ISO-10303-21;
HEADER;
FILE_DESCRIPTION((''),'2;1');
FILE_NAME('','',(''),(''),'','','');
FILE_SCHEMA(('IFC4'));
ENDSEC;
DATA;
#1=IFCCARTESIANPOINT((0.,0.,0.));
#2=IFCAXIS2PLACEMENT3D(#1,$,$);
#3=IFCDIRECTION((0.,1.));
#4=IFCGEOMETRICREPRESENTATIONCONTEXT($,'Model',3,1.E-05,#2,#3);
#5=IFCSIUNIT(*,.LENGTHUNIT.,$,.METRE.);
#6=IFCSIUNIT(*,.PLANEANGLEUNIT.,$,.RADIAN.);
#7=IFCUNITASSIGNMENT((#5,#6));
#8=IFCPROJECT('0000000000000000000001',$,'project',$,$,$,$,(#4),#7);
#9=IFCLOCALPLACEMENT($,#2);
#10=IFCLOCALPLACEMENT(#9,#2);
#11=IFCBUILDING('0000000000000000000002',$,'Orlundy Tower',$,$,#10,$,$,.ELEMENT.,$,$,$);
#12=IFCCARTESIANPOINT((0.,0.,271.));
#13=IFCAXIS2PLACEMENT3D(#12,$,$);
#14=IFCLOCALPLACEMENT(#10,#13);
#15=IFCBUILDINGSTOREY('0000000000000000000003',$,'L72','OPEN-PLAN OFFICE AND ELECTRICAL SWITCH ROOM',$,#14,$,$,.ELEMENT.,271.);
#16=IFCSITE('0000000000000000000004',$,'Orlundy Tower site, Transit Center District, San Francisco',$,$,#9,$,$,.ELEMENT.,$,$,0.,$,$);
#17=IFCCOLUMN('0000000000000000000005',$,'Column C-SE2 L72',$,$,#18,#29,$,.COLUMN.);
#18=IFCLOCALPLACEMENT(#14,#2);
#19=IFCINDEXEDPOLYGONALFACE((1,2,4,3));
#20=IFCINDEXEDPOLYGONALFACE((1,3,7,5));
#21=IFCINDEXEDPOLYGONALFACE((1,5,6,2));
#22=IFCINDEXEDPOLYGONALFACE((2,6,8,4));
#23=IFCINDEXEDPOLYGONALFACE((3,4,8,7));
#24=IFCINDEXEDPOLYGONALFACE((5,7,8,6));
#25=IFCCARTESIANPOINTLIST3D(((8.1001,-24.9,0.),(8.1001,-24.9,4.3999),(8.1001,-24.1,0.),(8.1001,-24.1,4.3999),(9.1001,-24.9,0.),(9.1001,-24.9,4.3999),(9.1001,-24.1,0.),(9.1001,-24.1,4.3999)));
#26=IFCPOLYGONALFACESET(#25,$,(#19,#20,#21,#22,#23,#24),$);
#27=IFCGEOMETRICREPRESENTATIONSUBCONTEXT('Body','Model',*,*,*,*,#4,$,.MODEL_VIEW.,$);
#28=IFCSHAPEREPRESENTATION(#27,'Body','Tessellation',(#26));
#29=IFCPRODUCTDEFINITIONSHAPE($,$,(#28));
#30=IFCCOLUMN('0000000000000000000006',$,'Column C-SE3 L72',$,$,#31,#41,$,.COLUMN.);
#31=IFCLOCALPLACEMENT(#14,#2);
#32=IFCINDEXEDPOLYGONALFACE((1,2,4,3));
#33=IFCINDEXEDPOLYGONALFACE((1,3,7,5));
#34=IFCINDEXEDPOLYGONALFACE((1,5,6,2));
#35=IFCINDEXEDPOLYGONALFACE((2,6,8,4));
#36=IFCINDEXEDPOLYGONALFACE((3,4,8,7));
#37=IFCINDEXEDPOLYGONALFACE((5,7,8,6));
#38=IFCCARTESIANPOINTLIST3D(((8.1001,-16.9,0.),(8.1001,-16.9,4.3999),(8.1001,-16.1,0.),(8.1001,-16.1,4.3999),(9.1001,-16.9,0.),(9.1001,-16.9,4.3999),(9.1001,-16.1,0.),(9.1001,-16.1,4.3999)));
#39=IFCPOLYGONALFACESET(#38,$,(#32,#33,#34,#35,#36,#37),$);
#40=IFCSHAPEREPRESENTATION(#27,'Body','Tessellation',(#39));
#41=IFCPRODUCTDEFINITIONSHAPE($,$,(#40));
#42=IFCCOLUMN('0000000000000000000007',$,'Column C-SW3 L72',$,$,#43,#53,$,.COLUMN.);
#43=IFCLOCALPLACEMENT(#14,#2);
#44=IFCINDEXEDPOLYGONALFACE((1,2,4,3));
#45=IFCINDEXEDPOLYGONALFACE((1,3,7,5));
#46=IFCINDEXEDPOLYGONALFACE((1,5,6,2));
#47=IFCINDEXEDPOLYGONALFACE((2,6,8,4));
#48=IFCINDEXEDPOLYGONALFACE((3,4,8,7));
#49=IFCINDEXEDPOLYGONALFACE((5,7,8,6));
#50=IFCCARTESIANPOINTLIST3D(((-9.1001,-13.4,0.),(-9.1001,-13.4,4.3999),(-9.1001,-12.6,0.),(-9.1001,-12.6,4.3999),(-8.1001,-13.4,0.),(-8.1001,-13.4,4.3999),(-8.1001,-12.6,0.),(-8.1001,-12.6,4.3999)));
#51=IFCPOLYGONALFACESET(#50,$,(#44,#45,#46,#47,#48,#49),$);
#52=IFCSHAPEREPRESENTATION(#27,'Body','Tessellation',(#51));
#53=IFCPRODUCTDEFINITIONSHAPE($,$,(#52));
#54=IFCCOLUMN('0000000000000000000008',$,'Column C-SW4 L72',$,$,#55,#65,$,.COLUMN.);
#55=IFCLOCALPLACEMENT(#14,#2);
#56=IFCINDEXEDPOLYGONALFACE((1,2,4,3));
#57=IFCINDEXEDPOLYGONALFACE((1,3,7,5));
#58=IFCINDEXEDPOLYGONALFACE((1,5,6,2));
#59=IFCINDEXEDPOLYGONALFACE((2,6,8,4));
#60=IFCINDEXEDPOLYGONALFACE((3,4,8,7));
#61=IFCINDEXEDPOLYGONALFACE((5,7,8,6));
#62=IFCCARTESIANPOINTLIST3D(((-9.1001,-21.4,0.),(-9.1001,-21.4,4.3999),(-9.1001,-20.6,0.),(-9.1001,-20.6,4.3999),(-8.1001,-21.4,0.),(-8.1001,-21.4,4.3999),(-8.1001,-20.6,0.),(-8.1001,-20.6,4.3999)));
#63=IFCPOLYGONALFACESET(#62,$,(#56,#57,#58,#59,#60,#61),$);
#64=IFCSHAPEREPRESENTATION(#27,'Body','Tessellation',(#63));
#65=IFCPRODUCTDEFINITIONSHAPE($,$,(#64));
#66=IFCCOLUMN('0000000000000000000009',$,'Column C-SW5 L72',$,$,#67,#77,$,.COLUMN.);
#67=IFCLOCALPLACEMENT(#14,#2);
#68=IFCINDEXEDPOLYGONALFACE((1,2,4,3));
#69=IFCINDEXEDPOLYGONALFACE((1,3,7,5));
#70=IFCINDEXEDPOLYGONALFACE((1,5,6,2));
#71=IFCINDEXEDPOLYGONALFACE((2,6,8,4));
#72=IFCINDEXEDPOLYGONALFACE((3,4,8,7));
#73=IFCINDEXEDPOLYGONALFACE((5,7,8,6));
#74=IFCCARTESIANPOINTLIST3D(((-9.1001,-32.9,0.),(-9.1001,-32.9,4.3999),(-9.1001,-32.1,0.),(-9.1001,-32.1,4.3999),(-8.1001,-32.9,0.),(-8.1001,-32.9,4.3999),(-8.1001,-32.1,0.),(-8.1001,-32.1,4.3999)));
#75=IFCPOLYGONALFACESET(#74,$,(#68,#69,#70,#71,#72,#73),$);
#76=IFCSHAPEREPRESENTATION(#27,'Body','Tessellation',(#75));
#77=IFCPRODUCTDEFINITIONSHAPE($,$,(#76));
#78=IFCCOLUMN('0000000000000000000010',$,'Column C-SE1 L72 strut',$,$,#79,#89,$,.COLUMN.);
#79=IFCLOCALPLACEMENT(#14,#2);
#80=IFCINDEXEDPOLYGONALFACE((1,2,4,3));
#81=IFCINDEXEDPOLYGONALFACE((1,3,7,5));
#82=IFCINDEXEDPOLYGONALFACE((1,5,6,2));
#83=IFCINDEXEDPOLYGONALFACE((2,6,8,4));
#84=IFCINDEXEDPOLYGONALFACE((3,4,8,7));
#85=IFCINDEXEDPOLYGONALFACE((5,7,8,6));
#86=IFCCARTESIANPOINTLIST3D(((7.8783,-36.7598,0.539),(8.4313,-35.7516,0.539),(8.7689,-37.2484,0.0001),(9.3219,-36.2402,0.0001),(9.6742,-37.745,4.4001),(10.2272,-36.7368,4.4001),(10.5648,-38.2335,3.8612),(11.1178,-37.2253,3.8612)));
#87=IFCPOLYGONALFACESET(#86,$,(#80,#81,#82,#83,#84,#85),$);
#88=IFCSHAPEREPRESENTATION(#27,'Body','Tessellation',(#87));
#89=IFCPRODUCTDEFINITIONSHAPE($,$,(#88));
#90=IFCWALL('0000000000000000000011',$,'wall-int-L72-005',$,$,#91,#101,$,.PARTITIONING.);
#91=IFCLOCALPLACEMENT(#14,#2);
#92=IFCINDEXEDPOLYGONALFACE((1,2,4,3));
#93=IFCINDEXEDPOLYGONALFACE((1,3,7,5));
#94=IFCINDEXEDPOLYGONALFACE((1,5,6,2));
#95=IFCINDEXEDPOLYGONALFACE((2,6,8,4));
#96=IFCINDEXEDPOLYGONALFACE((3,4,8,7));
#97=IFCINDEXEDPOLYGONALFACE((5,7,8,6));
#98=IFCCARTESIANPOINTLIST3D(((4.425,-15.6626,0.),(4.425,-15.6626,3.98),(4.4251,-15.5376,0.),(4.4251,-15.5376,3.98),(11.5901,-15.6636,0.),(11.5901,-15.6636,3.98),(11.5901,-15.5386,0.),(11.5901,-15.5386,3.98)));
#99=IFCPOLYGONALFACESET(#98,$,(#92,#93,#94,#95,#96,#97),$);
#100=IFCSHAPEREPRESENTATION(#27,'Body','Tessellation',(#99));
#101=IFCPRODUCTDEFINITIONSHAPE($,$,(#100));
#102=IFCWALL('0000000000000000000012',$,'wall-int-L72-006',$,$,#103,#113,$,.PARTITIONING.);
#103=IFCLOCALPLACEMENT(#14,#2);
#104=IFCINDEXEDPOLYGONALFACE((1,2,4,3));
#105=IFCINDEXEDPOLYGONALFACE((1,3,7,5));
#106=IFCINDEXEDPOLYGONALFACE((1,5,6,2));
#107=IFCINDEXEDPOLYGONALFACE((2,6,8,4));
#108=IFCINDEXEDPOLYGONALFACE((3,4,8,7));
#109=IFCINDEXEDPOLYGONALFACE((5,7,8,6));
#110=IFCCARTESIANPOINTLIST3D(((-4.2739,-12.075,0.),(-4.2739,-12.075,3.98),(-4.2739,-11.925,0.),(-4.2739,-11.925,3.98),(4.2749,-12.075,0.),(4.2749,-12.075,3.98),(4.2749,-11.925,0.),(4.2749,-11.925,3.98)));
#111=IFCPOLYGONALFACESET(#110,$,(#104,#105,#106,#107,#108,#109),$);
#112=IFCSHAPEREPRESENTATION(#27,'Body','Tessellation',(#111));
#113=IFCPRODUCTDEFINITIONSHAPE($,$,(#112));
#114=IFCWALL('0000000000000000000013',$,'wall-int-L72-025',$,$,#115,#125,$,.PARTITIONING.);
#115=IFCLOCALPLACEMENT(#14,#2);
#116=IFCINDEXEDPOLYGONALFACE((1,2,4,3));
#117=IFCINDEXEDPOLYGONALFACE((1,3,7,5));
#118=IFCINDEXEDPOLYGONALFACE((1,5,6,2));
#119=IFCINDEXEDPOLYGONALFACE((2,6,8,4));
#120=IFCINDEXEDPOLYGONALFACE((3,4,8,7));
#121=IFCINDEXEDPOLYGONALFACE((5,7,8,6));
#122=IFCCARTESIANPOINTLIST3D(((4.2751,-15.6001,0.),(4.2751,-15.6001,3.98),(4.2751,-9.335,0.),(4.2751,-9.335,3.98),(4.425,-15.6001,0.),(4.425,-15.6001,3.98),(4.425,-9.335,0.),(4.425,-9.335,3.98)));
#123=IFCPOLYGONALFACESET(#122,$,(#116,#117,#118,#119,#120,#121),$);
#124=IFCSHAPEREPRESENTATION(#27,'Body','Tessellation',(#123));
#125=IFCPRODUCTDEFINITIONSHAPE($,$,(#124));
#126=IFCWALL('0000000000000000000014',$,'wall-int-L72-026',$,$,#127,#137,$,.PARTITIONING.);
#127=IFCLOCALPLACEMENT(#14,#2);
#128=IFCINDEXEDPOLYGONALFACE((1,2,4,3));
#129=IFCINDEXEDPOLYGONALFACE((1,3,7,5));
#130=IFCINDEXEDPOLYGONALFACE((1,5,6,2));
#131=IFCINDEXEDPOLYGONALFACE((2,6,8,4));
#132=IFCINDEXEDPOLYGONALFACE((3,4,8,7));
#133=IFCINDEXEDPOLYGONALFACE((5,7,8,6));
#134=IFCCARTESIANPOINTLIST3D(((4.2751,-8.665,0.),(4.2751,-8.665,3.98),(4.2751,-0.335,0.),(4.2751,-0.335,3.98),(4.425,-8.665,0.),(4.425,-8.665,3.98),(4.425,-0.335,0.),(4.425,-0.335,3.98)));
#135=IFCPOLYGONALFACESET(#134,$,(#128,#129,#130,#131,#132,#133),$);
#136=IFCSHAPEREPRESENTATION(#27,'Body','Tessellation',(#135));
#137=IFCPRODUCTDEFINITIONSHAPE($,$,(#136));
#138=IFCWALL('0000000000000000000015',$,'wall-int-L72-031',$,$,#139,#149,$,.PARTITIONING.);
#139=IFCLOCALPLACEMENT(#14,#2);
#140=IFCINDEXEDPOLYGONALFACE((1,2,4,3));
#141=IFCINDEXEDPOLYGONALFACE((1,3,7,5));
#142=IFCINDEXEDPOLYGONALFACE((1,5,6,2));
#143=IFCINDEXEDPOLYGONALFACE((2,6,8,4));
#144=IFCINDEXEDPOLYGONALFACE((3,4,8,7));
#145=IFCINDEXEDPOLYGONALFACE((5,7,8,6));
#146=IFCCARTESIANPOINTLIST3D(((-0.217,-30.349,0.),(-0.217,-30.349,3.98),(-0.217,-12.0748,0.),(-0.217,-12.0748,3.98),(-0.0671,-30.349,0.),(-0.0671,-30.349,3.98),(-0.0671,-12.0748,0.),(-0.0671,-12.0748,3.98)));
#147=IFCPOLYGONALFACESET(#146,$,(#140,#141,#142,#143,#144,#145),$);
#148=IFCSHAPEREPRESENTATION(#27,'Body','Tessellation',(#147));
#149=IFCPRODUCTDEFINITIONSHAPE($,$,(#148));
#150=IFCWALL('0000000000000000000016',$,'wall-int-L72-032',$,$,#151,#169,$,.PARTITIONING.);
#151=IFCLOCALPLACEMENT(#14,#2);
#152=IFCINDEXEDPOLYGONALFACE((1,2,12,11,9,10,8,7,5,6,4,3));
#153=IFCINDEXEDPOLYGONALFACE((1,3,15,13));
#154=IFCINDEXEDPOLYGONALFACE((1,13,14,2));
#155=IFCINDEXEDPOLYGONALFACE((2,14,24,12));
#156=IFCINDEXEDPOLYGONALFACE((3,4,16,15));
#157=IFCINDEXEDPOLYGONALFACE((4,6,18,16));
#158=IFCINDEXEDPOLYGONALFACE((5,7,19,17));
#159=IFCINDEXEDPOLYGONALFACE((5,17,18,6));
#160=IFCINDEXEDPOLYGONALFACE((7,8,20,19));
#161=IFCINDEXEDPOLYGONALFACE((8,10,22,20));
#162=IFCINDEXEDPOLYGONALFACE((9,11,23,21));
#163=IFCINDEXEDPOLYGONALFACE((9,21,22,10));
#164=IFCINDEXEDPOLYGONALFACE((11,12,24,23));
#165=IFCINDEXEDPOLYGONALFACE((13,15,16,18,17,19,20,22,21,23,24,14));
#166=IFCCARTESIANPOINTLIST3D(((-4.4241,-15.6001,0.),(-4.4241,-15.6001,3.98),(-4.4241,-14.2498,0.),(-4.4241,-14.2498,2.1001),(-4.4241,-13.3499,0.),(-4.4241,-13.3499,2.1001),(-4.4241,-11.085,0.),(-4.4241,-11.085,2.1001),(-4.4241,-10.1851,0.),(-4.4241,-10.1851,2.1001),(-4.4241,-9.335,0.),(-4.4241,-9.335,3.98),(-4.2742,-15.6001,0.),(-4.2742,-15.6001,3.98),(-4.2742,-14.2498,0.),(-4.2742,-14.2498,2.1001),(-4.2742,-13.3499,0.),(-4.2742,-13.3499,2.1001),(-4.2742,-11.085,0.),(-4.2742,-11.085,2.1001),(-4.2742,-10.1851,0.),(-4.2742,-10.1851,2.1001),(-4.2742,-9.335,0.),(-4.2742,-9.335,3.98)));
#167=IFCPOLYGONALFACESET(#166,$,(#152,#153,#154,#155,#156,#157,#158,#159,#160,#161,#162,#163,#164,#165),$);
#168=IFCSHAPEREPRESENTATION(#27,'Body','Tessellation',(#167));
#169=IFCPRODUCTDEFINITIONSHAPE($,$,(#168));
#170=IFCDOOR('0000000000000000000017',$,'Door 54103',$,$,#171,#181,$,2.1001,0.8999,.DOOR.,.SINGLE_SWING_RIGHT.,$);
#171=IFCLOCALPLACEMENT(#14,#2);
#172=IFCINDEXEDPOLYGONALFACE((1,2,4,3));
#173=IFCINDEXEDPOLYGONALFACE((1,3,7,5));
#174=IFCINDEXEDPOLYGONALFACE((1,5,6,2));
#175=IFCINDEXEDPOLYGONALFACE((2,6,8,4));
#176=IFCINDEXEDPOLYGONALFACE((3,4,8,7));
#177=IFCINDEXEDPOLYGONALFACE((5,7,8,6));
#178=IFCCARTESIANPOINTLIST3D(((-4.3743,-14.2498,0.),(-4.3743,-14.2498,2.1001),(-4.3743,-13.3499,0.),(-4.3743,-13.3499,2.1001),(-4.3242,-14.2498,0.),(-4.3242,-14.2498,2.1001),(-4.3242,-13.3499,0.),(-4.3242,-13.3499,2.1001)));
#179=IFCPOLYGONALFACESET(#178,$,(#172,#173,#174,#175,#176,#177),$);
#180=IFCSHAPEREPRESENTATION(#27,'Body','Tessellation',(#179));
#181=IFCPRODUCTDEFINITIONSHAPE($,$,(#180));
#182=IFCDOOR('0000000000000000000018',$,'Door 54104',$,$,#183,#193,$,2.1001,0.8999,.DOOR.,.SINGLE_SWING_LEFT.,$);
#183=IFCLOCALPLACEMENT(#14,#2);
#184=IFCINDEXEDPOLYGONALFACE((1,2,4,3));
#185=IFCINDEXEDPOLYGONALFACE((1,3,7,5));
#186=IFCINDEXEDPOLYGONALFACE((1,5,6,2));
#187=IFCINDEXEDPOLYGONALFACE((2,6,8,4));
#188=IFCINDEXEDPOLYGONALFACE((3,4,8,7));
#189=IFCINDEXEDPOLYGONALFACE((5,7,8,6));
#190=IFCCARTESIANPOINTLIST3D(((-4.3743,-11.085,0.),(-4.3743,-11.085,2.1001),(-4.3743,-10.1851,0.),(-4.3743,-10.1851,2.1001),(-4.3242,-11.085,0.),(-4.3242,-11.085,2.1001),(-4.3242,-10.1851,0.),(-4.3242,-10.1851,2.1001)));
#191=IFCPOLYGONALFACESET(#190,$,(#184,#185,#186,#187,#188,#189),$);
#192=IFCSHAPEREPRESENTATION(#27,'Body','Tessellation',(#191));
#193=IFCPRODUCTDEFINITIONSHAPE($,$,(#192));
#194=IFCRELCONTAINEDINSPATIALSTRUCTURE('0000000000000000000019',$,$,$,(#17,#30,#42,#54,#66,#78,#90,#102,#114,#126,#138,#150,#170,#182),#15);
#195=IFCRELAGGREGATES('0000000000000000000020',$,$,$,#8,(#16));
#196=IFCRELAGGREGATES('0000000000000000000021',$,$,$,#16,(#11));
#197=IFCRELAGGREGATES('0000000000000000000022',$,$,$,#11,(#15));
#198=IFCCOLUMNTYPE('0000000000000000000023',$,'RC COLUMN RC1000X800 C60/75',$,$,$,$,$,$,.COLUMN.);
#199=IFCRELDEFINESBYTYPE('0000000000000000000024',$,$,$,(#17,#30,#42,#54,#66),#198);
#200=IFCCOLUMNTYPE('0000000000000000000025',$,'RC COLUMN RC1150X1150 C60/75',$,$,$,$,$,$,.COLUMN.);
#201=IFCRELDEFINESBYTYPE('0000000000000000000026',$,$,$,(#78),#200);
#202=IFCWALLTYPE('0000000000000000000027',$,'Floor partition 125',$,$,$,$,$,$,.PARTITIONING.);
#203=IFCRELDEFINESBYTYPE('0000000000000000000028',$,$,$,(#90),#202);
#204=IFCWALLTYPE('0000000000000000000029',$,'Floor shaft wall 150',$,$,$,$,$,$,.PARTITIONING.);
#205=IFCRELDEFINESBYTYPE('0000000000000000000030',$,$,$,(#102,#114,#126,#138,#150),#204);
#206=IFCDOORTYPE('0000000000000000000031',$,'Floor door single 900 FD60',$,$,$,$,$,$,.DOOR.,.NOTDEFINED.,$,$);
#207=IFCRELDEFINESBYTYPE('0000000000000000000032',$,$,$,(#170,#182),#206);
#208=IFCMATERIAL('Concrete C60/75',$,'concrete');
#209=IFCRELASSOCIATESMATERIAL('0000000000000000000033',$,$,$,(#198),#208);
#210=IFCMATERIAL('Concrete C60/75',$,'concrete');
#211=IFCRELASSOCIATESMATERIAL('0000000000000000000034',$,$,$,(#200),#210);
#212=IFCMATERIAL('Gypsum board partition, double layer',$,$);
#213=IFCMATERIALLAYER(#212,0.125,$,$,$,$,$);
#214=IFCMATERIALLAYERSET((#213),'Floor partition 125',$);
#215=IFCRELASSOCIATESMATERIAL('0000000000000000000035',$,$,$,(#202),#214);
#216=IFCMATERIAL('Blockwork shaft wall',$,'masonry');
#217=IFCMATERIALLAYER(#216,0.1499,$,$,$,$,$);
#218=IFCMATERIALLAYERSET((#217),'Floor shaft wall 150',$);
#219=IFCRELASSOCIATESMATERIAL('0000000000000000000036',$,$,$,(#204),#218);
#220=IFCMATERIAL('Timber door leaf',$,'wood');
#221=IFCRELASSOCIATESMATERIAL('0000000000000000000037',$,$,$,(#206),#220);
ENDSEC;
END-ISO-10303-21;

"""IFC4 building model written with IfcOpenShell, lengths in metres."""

from ifc_helpers import new_model, si_unit, direction, frame, frame_2d, origin, origin_2d, place, context, subcontext, project, spatial, rectangle, extrude, material, layer, layer_set, material_profile, profile_set, type_object, element, fill, save


model = new_model("IFC4")

# Units and contexts
model_context = context("Model", 3, precision=1e-05, world=origin(), true_north=direction((0.0, 1.0)))
body_context = subcontext(model_context, "Body", "Model", "MODEL_VIEW")
ifc_project = project(units=[si_unit("LENGTHUNIT", "METRE"), si_unit("PLANEANGLEUNIT", "RADIAN")], contexts=[model_context])

# Site, building, storey
site_placement = place(None, origin())
site = spatial("IfcSite", under=ifc_project, at=site_placement, Name="Orlundy Tower site, Transit Center District, San Francisco", CompositionType="ELEMENT", RefElevation=0.0)
building_placement = place(site_placement, origin())
building = spatial("IfcBuilding", under=site, at=building_placement, Name="Orlundy Tower", CompositionType="ELEMENT")
storey_placement = place(building_placement, frame((0.0, 0.0, 271.0)))
storey = spatial("IfcBuildingStorey", under=building, at=storey_placement, Name="L72", Description="OPEN-PLAN OFFICE AND ELECTRICAL SWITCH ROOM", CompositionType="ELEMENT", Elevation=271.0)

# Columns
ifc_material_1 = material(Name="Concrete C60/75", Category="concrete")
ifc_material_profile_1 = material_profile(ifc_material_1, rectangle(XDim=1.0, YDim=0.8, at=origin_2d()), Name="RC1000X800")
ifc_profile_set_1 = profile_set([ifc_material_profile_1], Name="Concrete C60/75")
column_type_1 = type_object("IfcColumnType", Name="RC COLUMN RC1000X800 C60/75", PredefinedType="COLUMN", material=ifc_profile_set_1)
for number, where, z_axis, x_axis, name in (
    (1, (8.6001, -24.5, 0.0), (0.0, 0.0, 1.0), (1.0, 0.0, 0.0), "Column C-SE2 L72"),
    (2, (8.6001, -16.5, 0.0), (0.0, 0.0, 1.0), (1.0, 0.0, 0.0), "Column C-SE3 L72"),
    (3, (-8.6001, -13.0, 0.0), (0.0, 0.0, 1.0), (1.0, 0.0, 0.0), "Column C-SW3 L72"),
    (4, (-8.6001, -21.0, 0.0), (0.0, 0.0, 1.0), (1.0, 0.0, 0.0), "Column C-SW4 L72"),
    (5, (-8.6001, -32.5, 0.0), (0.0, 0.0, 1.0), (1.0, 0.0, 0.0), "Column C-SW5 L72"),
):
    element("IfcColumn", number, at=place(storey_placement, frame(where, z_axis=z_axis, x_axis=x_axis)), inside=storey, type_object=column_type_1, Name=name, PredefinedType="COLUMN", context=body_context, shape_type="SweptSolid", body=[
        extrude(rectangle(XDim=1.0, YDim=0.8, at=origin_2d()), origin(), (0.0, 0.0, 1.0), 4.3999),
    ])
ifc_material_2 = material(Name="Concrete C60/75", Category="concrete")
ifc_material_profile_2 = material_profile(ifc_material_2, rectangle(XDim=1.1499, YDim=1.1499, at=origin_2d()), Name="RC1150X1150")
ifc_profile_set_2 = profile_set([ifc_material_profile_2], Name="Concrete C60/75")
column_type_2 = type_object("IfcColumnType", Name="RC COLUMN RC1150X1150 C60/75", PredefinedType="COLUMN", material=ifc_profile_set_2)
column_placement = place(storey_placement, frame((8.6001, -36.5, 0.2695), z_axis=(0.410888, -0.225385, 0.883387), x_axis=(0.48093, 0.876759, 0.0)))
element("IfcColumn", 6, at=column_placement, inside=storey, type_object=column_type_2, Name="Column C-SE1 L72 strut", PredefinedType="COLUMN", context=body_context, shape_type="SweptSolid", body=[
    extrude(rectangle(XDim=1.1499, YDim=1.1499, at=origin_2d()), origin(), (0.0, 0.0, 1.0), 4.3708),
])

# Walls
ifc_material_3 = material(Name="Gypsum board partition, double layer")
ifc_layer_1 = layer(ifc_material_3, 0.125)
ifc_layer_set_1 = layer_set([ifc_layer_1], Name="Floor partition 125")
wall_type_1 = type_object("IfcWallType", Name="Floor partition 125", PredefinedType="PARTITIONING", material=ifc_layer_set_1)
wall_1_placement = place(storey_placement, frame((4.425, -15.6001, 0.0), z_axis=(0.0, 0.0, 1.0), x_axis=(1.0, -0.000136, 0.0)))
element("IfcWall", 7, at=wall_1_placement, inside=storey, type_object=wall_type_1, Name="wall-int-L72-005", PredefinedType="PARTITIONING", context=body_context, shape_type="SweptSolid", body=[
    extrude(rectangle(XDim=7.165, YDim=0.125, at=frame_2d((3.5825, 0.0))), origin(), (0.0, 0.0, 1.0), 3.98),
])
ifc_material_4 = material(Name="Blockwork shaft wall", Category="masonry")
ifc_layer_2 = layer(ifc_material_4, 0.1499)
ifc_layer_set_2 = layer_set([ifc_layer_2], Name="Floor shaft wall 150")
wall_type_2 = type_object("IfcWallType", Name="Floor shaft wall 150", PredefinedType="PARTITIONING", material=ifc_layer_set_2)
wall_2_placement = place(storey_placement, frame((-4.2739, -12.0, 0.0), z_axis=(0.0, 0.0, 1.0), x_axis=(1.0, 0.0, 0.0)))
element("IfcWall", 8, at=wall_2_placement, inside=storey, type_object=wall_type_2, Name="wall-int-L72-006", PredefinedType="PARTITIONING", context=body_context, shape_type="SweptSolid", body=[
    extrude(rectangle(XDim=8.5488, YDim=0.1499, at=frame_2d((4.2744, 0.0))), origin(), (0.0, 0.0, 1.0), 3.98),
])
wall_3_placement = place(storey_placement, frame((4.3501, -15.6001, 0.0), z_axis=(0.0, 0.0, 1.0), x_axis=(0.0, 1.0, 0.0)))
element("IfcWall", 9, at=wall_3_placement, inside=storey, type_object=wall_type_2, Name="wall-int-L72-025", PredefinedType="PARTITIONING", context=body_context, shape_type="SweptSolid", body=[
    extrude(rectangle(XDim=6.2651, YDim=0.1499, at=frame_2d((3.1326, 0.0))), origin(), (0.0, 0.0, 1.0), 3.98),
])
wall_4_placement = place(storey_placement, frame((4.3501, -8.665, 0.0), z_axis=(0.0, 0.0, 1.0), x_axis=(0.0, 1.0, 0.0)))
element("IfcWall", 10, at=wall_4_placement, inside=storey, type_object=wall_type_2, Name="wall-int-L72-026", PredefinedType="PARTITIONING", context=body_context, shape_type="SweptSolid", body=[
    extrude(rectangle(XDim=8.3301, YDim=0.1499, at=frame_2d((4.165, 0.0))), origin(), (0.0, 0.0, 1.0), 3.98),
])
wall_5_placement = place(storey_placement, frame((-0.1421, -30.3491, 0.0), z_axis=(0.0, 0.0, 1.0), x_axis=(0.0, 1.0, 0.0)))
element("IfcWall", 11, at=wall_5_placement, inside=storey, type_object=wall_type_2, Name="wall-int-L72-031", PredefinedType="PARTITIONING", context=body_context, shape_type="SweptSolid", body=[
    extrude(rectangle(XDim=18.2742, YDim=0.1499, at=frame_2d((9.1372, 0.0))), origin(), (0.0, 0.0, 1.0), 3.98),
])

# Wall, openings, doors
wall_6_placement = place(storey_placement, frame((-4.3491, -9.335, 0.0), z_axis=(0.0, 0.0, 1.0), x_axis=(0.0, -1.0, 0.0)))
wall_6 = element("IfcWall", 12, at=wall_6_placement, inside=storey, type_object=wall_type_2, Name="wall-int-L72-032", PredefinedType="PARTITIONING", context=body_context, shape_type="SweptSolid", body=[
    extrude(rectangle(XDim=6.2651, YDim=0.1499, at=frame_2d((3.1326, 0.0))), origin(), (0.0, 0.0, 1.0), 3.98),
])
opening_1_placement = place(wall_6_placement, frame((4.0149, 0.0, 0.0)))
opening_1 = element("IfcOpeningElement", 13, at=opening_1_placement, cuts=wall_6, PredefinedType="OPENING", context=body_context, shape_type="SweptSolid", body=[
    extrude(rectangle(XDim=0.8999, YDim=2.1001, at=frame_2d((0.45, 1.05))), frame((0.0, 0.085, 0.0), z_axis=(0.0, -1.0, 0.0), x_axis=(1.0, 0.0, 0.0)), (0.0, 0.0, 1.0), 0.1699),
])
opening_2_placement = place(wall_6_placement, frame((0.8501, 0.0, 0.0)))
opening_2 = element("IfcOpeningElement", 14, at=opening_2_placement, cuts=wall_6, PredefinedType="OPENING", context=body_context, shape_type="SweptSolid", body=[
    extrude(rectangle(XDim=0.8999, YDim=2.1001, at=frame_2d((0.45, 1.05))), frame((0.0, 0.085, 0.0), z_axis=(0.0, -1.0, 0.0), x_axis=(1.0, 0.0, 0.0)), (0.0, 0.0, 1.0), 0.1699),
])
ifc_material_5 = material(Name="Timber door leaf", Category="wood")
door_type_1 = type_object("IfcDoorType", Name="Floor door single 900 FD60", OperationType="NOTDEFINED", PredefinedType="DOOR", material=ifc_material_5)
door_1_placement = place(opening_1_placement, origin())
door_1 = element("IfcDoor", 15, at=door_1_placement, inside=storey, type_object=door_type_1, Name="Door 54103", OperationType="SINGLE_SWING_RIGHT", OverallHeight=2.1001, OverallWidth=0.8999, PredefinedType="DOOR", context=body_context, shape_type="SweptSolid", body=[
    extrude(rectangle(XDim=0.8999, YDim=2.1001, at=frame_2d((0.45, 1.05))), frame((0.0, 0.0249, 0.0), z_axis=(0.0, -1.0, 0.0), x_axis=(1.0, 0.0, 0.0)), (0.0, 0.0, 1.0), 0.05),
])
fill(opening_1, door_1)
door_2_placement = place(opening_2_placement, origin())
door_2 = element("IfcDoor", 16, at=door_2_placement, inside=storey, type_object=door_type_1, Name="Door 54104", OperationType="SINGLE_SWING_LEFT", OverallHeight=2.1001, OverallWidth=0.8999, PredefinedType="DOOR", context=body_context, shape_type="SweptSolid", body=[
    extrude(rectangle(XDim=0.8999, YDim=2.1001, at=frame_2d((0.45, 1.05))), frame((0.0, 0.0249, 0.0), z_axis=(0.0, -1.0, 0.0), x_axis=(1.0, 0.0, 0.0)), (0.0, 0.0, 1.0), 0.05),
])
fill(opening_2, door_2)

save(model, "model.ifc")
